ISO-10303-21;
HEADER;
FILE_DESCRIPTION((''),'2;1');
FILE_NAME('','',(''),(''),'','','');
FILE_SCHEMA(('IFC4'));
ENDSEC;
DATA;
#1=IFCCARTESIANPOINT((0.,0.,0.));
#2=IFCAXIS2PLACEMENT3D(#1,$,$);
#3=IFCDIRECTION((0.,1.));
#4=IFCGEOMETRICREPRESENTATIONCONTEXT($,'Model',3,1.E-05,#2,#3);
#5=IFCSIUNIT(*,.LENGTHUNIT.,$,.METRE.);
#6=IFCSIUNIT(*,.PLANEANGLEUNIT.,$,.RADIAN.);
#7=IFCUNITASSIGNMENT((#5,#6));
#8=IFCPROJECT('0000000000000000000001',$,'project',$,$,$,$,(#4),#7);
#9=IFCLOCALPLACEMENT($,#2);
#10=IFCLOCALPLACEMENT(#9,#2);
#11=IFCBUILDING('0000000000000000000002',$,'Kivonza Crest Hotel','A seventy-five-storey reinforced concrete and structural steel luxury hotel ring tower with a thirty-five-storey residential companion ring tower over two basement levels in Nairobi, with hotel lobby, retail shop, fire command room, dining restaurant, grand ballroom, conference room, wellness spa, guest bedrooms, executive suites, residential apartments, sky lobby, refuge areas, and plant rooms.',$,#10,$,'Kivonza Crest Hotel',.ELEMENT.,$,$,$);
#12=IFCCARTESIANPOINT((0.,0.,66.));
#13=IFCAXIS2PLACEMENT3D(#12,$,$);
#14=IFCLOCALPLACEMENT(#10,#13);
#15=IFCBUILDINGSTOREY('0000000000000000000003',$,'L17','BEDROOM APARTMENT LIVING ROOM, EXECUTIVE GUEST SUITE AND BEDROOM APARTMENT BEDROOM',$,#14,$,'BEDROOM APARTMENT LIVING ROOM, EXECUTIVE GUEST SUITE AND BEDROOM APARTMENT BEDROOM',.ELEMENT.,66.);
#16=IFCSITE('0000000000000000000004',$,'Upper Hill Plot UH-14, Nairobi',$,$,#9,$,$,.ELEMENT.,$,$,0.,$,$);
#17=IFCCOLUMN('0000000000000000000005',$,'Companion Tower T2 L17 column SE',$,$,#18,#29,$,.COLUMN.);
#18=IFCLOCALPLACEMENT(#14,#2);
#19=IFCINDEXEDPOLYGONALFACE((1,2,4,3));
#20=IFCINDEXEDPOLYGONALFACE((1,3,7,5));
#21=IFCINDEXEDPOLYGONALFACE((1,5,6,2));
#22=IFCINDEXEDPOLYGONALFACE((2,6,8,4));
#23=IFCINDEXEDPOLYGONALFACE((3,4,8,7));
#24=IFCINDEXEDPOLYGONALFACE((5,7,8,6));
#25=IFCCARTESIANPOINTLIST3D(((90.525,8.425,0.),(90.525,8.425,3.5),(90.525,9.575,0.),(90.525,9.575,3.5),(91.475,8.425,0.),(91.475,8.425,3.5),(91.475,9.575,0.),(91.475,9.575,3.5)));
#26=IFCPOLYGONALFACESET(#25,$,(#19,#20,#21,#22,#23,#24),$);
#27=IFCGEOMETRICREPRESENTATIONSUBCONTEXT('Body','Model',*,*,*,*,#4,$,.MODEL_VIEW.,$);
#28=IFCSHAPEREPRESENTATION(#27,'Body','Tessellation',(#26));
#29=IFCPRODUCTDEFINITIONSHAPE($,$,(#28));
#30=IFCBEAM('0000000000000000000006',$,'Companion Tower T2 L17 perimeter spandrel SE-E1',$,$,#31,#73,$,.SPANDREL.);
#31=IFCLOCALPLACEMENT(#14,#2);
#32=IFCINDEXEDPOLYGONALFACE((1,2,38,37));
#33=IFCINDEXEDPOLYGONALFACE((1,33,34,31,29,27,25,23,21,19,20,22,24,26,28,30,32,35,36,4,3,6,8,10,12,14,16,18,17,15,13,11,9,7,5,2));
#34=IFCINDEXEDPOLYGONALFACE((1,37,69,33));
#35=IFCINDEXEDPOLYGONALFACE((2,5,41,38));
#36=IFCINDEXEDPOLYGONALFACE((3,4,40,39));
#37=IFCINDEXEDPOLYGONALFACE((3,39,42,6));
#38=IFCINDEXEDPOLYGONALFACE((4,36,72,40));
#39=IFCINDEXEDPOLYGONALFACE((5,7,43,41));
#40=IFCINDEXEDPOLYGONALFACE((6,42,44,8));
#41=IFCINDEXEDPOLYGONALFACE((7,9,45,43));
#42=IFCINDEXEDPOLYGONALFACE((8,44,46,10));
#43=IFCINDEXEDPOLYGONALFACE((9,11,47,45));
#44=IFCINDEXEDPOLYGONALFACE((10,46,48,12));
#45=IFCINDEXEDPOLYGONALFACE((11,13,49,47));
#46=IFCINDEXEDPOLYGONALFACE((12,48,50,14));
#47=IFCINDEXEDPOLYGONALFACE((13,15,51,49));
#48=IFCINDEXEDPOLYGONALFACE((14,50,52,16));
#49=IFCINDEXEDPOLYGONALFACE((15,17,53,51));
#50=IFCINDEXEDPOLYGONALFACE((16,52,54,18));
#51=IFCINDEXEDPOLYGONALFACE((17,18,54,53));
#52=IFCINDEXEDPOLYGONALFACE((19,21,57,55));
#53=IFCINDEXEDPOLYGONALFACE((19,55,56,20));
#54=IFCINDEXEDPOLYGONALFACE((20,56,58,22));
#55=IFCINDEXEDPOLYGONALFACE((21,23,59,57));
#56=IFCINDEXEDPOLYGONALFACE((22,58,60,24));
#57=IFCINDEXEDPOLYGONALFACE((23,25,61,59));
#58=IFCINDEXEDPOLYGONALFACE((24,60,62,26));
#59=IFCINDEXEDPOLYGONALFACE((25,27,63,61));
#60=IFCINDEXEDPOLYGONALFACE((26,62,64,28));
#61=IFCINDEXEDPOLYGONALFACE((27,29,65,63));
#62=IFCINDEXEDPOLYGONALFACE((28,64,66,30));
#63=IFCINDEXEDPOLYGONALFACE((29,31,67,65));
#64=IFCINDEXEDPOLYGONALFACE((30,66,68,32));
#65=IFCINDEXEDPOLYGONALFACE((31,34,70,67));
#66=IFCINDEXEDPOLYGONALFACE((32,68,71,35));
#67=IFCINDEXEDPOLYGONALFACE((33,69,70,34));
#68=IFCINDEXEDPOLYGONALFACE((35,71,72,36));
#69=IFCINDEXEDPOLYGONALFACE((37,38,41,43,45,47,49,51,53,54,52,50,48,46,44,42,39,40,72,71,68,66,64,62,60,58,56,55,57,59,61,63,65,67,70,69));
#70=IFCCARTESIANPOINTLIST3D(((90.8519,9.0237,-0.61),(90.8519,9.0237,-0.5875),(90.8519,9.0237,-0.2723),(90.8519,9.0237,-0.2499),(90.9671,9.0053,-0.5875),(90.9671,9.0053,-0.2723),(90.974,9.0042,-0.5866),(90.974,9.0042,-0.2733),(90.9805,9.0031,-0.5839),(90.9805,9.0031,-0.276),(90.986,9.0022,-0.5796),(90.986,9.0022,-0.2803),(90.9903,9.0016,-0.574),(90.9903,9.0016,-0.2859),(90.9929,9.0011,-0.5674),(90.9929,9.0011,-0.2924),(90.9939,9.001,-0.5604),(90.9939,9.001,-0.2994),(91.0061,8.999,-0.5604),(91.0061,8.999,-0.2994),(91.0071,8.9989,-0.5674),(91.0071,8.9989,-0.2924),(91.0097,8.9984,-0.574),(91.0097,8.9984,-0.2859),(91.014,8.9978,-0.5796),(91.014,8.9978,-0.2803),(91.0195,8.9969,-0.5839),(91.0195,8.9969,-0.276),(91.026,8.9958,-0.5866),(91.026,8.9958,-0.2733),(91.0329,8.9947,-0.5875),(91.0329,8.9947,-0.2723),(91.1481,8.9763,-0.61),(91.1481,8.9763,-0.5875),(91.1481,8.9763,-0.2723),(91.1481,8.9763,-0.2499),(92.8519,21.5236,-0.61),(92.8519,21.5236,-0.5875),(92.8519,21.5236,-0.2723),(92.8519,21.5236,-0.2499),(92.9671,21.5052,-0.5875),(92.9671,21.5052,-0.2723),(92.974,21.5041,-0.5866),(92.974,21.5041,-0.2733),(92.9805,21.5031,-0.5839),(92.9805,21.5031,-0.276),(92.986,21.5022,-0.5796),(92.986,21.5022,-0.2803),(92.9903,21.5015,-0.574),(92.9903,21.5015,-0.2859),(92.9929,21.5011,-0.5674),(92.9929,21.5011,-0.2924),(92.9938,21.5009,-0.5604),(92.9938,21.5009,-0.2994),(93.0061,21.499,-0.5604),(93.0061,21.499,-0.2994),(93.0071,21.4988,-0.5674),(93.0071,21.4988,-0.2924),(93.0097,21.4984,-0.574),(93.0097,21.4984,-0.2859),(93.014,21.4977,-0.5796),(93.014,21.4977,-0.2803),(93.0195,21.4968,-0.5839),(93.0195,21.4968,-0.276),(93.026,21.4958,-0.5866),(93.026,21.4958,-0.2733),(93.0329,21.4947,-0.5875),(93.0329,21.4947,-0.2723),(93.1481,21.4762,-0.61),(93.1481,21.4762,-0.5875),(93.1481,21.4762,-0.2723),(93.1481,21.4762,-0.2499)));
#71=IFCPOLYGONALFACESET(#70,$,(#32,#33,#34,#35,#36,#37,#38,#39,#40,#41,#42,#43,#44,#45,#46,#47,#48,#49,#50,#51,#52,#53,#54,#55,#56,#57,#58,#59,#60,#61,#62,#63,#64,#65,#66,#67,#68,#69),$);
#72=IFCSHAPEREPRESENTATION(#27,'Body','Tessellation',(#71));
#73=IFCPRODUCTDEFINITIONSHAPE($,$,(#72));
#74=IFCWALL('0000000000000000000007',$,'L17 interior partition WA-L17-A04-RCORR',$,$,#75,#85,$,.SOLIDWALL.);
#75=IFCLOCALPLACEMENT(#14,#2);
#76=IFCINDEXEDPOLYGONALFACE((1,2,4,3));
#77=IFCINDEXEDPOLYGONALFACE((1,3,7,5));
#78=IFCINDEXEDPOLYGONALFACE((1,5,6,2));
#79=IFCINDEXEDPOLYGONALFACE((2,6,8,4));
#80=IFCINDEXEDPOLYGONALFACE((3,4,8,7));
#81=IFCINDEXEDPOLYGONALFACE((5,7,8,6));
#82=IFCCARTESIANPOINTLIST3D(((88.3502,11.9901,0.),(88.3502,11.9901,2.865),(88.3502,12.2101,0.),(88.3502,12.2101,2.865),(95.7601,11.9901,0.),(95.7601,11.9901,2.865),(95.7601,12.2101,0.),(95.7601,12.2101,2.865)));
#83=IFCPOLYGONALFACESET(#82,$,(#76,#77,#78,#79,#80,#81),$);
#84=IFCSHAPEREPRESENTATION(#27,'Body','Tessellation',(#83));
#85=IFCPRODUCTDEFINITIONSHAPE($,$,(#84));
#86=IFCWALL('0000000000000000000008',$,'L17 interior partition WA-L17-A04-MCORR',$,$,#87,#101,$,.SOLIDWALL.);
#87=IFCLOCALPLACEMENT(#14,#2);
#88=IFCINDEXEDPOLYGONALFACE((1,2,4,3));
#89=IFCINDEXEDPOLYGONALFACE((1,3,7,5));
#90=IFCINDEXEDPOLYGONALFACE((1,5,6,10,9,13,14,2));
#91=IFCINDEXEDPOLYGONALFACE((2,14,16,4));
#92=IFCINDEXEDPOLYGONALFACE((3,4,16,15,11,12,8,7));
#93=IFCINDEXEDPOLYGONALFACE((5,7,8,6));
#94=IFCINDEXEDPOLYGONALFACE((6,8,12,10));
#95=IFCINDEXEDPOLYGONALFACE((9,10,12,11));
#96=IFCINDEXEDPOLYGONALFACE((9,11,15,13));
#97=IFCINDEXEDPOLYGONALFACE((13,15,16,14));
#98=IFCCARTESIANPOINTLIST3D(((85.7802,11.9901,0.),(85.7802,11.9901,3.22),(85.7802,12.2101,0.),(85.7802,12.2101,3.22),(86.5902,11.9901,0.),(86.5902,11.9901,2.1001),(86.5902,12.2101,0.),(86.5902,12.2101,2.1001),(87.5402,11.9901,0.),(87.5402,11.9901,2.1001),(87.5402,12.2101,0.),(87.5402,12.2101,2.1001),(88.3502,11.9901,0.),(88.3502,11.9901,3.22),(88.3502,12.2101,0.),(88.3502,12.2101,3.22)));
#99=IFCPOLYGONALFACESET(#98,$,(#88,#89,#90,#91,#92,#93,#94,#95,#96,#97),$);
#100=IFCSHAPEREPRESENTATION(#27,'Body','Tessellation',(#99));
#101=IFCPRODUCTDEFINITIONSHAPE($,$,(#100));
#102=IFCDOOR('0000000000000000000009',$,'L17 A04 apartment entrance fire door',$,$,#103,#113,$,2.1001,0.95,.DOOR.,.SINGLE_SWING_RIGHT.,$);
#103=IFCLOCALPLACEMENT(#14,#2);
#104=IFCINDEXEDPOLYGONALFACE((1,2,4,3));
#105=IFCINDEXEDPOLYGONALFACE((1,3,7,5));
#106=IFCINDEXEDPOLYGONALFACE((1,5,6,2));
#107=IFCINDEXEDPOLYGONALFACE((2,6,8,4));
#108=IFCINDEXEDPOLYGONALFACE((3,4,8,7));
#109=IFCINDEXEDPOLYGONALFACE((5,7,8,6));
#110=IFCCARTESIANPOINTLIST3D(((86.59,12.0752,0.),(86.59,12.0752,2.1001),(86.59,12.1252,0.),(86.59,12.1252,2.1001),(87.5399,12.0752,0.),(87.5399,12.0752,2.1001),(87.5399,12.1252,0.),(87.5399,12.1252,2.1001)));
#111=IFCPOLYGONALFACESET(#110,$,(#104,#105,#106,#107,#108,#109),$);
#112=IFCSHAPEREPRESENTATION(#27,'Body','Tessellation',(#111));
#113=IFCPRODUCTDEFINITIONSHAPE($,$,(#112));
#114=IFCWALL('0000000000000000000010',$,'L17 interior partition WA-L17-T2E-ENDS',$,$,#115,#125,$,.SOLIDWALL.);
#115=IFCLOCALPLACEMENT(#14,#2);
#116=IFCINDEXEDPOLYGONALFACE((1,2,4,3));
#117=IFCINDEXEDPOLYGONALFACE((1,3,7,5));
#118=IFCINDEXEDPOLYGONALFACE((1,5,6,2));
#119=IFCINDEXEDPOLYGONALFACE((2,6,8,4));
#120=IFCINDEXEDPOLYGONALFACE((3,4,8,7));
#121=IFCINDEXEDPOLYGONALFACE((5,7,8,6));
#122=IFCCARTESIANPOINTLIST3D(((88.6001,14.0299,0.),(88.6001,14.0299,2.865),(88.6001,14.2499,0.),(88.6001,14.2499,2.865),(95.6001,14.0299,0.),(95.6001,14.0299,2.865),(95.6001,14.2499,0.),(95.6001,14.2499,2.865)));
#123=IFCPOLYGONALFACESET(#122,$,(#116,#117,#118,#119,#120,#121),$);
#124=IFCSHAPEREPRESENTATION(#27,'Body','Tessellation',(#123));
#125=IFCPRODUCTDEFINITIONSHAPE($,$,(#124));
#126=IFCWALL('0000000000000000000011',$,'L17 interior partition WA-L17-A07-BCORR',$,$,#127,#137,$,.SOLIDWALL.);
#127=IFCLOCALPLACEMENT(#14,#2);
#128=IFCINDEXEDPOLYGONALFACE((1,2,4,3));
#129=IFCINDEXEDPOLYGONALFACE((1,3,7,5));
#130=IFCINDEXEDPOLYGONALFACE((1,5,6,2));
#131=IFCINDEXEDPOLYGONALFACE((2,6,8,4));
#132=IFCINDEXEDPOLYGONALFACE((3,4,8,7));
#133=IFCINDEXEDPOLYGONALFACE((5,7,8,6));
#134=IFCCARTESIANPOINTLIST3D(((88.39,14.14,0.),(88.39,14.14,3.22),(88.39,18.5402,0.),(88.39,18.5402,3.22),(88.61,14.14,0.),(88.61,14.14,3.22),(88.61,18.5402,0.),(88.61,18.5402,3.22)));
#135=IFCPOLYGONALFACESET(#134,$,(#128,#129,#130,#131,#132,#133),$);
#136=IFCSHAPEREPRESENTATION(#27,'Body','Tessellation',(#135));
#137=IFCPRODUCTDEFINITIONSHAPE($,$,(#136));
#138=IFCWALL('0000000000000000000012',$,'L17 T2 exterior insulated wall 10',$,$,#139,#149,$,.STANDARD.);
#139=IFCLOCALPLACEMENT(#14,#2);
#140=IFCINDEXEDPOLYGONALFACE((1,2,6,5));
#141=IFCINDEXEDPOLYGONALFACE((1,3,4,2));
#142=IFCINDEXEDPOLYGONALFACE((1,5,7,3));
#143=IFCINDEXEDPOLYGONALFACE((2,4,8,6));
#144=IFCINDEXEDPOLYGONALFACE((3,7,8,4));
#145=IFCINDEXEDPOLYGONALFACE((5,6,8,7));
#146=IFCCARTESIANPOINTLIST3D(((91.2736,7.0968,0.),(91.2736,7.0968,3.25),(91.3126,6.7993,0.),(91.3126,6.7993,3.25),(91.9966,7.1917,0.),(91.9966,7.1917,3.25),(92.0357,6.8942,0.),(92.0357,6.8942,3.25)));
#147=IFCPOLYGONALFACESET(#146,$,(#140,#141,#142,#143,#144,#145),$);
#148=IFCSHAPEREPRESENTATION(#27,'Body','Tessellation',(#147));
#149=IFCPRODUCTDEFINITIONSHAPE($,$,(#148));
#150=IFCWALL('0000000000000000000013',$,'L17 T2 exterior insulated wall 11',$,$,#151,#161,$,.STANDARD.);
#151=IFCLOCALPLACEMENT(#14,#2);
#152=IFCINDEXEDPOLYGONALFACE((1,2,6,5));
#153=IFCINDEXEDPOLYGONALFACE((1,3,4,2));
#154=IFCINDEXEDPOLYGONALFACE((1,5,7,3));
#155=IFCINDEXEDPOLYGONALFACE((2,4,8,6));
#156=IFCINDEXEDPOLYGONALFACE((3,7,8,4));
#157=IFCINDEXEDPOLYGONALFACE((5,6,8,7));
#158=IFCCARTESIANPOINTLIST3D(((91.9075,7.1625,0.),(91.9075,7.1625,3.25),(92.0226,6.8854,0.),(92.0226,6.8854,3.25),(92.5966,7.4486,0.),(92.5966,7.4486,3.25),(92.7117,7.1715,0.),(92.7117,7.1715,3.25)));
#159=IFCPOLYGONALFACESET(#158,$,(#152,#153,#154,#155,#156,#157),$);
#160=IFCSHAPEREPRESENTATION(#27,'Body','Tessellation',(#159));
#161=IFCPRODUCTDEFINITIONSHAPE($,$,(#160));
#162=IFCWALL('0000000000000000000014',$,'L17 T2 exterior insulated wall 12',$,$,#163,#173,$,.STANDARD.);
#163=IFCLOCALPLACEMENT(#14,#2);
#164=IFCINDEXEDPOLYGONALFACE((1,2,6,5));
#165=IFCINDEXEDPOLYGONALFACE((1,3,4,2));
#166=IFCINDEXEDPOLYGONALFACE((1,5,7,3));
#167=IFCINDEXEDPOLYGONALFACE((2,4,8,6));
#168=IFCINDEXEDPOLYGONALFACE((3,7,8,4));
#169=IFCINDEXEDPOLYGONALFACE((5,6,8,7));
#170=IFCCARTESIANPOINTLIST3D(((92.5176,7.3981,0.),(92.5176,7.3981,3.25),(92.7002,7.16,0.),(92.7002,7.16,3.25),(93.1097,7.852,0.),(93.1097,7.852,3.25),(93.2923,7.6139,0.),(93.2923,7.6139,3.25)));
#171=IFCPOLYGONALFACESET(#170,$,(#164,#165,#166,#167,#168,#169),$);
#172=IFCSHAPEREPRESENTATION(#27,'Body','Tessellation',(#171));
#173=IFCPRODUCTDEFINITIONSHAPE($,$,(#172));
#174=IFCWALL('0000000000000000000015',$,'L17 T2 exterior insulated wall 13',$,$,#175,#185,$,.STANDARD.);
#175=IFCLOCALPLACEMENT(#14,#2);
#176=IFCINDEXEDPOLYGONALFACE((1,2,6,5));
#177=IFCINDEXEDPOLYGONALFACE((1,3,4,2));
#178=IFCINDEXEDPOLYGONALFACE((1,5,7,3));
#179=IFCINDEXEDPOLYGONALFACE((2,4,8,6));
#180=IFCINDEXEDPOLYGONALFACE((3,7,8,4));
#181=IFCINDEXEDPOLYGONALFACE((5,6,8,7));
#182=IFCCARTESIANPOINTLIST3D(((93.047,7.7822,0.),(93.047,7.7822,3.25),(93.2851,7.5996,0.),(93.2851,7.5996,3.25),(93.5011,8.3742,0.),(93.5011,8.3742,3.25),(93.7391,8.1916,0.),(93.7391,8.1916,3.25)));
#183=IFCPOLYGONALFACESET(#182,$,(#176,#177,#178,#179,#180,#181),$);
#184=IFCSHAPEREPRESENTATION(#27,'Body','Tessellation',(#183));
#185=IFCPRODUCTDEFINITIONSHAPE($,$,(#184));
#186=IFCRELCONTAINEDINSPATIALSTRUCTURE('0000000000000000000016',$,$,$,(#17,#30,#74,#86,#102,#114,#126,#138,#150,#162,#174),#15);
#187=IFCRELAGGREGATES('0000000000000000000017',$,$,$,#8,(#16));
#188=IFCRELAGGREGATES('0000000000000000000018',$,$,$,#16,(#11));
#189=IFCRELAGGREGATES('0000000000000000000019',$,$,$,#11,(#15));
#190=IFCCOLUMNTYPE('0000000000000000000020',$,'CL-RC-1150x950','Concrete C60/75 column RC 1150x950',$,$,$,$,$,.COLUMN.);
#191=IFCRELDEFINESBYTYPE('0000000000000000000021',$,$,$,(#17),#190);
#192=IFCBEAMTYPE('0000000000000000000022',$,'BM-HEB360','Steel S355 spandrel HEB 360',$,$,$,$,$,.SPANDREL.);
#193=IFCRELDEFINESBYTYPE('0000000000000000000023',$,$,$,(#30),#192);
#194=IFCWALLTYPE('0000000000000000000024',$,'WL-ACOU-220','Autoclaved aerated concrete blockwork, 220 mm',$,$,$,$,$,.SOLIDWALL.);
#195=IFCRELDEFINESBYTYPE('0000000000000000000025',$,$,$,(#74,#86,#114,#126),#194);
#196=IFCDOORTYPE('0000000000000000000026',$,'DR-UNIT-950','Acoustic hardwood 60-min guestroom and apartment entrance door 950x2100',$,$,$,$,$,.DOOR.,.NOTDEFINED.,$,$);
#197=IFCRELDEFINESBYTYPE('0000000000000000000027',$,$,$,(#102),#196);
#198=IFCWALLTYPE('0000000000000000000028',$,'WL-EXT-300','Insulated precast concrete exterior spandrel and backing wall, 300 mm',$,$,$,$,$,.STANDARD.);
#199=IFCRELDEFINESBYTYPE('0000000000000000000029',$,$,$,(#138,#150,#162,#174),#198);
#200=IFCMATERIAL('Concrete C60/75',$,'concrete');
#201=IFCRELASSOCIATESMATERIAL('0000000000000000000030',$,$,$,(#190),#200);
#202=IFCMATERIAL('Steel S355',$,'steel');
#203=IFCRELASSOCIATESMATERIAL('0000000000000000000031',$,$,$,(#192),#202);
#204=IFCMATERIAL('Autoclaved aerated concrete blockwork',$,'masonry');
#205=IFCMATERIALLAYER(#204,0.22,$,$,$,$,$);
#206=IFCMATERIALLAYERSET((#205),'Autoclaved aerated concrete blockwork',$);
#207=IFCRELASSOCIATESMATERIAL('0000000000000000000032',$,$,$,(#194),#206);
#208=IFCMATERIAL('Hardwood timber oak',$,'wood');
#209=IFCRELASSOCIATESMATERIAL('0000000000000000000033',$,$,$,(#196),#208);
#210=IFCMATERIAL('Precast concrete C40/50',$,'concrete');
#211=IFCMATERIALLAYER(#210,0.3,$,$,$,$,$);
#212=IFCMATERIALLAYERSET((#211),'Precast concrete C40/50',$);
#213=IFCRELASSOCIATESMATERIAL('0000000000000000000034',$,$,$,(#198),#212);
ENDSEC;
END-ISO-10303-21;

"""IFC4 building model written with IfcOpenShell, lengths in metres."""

from ifc_helpers import new_model, si_unit, direction, frame, frame_2d, origin, origin_2d, place, context, subcontext, project, spatial, rectangle, i_section, extrude, material, layer, layer_set, material_profile, profile_set, type_object, element, fill, save


model = new_model("IFC4")

# Units and contexts
model_context = context("Model", 3, precision=1e-05, world=origin(), true_north=direction((0.0, 1.0)))
body_context = subcontext(model_context, "Body", "Model", "MODEL_VIEW")
ifc_project = project(units=[si_unit("LENGTHUNIT", "METRE"), si_unit("PLANEANGLEUNIT", "RADIAN")], contexts=[model_context])

# Site, building, storey
site_placement = place(None, origin())
site = spatial("IfcSite", under=ifc_project, at=site_placement, Name="Upper Hill Plot UH-14, Nairobi", CompositionType="ELEMENT", RefElevation=0.0)
building_placement = place(site_placement, origin())
building = spatial("IfcBuilding", under=site, at=building_placement, Name="Kivonza Crest Hotel", Description="A seventy-five-storey reinforced concrete and structural steel luxury hotel ring tower with a thirty-five-storey residential companion ring tower over two basement levels in Nairobi, with hotel lobby, retail shop, fire command room, dining restaurant, grand ballroom, conference room, wellness spa, guest bedrooms, executive suites, residential apartments, sky lobby, refuge areas, and plant rooms.", LongName="Kivonza Crest Hotel", CompositionType="ELEMENT")
storey_placement = place(building_placement, frame((0.0, 0.0, 66.0)))
storey = spatial("IfcBuildingStorey", under=building, at=storey_placement, Name="L17", Description="BEDROOM APARTMENT LIVING ROOM, EXECUTIVE GUEST SUITE AND BEDROOM APARTMENT BEDROOM", LongName="BEDROOM APARTMENT LIVING ROOM, EXECUTIVE GUEST SUITE AND BEDROOM APARTMENT BEDROOM", CompositionType="ELEMENT", Elevation=66.0)

# Column
ifc_material_1 = material(Name="Concrete C60/75", Category="concrete")
ifc_material_profile_1 = material_profile(ifc_material_1, rectangle(XDim=0.95, YDim=1.1499, at=origin_2d()), Name="RC 1150x950")
ifc_profile_set_1 = profile_set([ifc_material_profile_1], Name="Concrete C60/75")
column_type = type_object("IfcColumnType", Name="CL-RC-1150x950", Description="Concrete C60/75 column RC 1150x950", PredefinedType="COLUMN", material=ifc_profile_set_1)
column_placement = place(storey_placement, frame((91.0, 9.0, 0.0), z_axis=(0.0, 0.0, 1.0), x_axis=(1.0, 0.0, 0.0)))
element("IfcColumn", 1, at=column_placement, inside=storey, type_object=column_type, Name="Companion Tower T2 L17 column SE", PredefinedType="COLUMN", context=body_context, shape_type="SweptSolid", body=[
    extrude(rectangle(XDim=0.95, YDim=1.1499, at=origin_2d()), origin(), (0.0, 0.0, 1.0), 3.5),
])

# Beam
ifc_material_2 = material(Name="Steel S355", Category="steel")
ifc_material_profile_2 = material_profile(ifc_material_2, i_section(OverallWidth=0.3, OverallDepth=0.3601, WebThickness=0.0125, FlangeThickness=0.0225, FilletRadius=0.0271, at=origin_2d()), Name="HEB 360")
ifc_profile_set_2 = profile_set([ifc_material_profile_2], Name="Steel S355")
beam_type = type_object("IfcBeamType", Name="BM-HEB360", Description="Steel S355 spandrel HEB 360", PredefinedType="SPANDREL", material=ifc_profile_set_2)
beam_placement = place(storey_placement, frame((91.0, 9.0, -0.4299), z_axis=(0.157991, 0.987441, 0.0), x_axis=(-0.987441, 0.157991, 0.0)))
element("IfcBeam", 2, at=beam_placement, inside=storey, type_object=beam_type, Name="Companion Tower T2 L17 perimeter spandrel SE-E1", PredefinedType="SPANDREL", context=body_context, shape_type="SweptSolid", body=[
    extrude(i_section(OverallWidth=0.3, OverallDepth=0.3601, WebThickness=0.0125, FlangeThickness=0.0225, FilletRadius=0.0271, at=origin_2d()), origin(), (0.0, 0.0, 1.0), 12.6589),
])

# Wall
ifc_material_3 = material(Name="Autoclaved aerated concrete blockwork", Category="masonry")
ifc_layer_1 = layer(ifc_material_3, 0.22)
ifc_layer_set_1 = layer_set([ifc_layer_1], Name="Autoclaved aerated concrete blockwork")
wall_type_1 = type_object("IfcWallType", Name="WL-ACOU-220", Description="Autoclaved aerated concrete blockwork, 220 mm", PredefinedType="SOLIDWALL", material=ifc_layer_set_1)
wall_1_placement = place(storey_placement, frame((88.3501, 12.1001, 0.0), z_axis=(0.0, 0.0, 1.0), x_axis=(1.0, 0.0, 0.0)))
element("IfcWall", 3, at=wall_1_placement, inside=storey, type_object=wall_type_1, Name="L17 interior partition WA-L17-A04-RCORR", PredefinedType="SOLIDWALL", context=body_context, shape_type="SweptSolid", body=[
    extrude(rectangle(XDim=7.4099, YDim=0.22, at=frame_2d((3.7051, 0.0))), origin(), (0.0, 0.0, 1.0), 2.865),
])

# Wall, opening, door
wall_2_placement = place(storey_placement, frame((85.78, 12.1001, 0.0), z_axis=(0.0, 0.0, 1.0), x_axis=(1.0, 0.0, 0.0)))
wall_2 = element("IfcWall", 4, at=wall_2_placement, inside=storey, type_object=wall_type_1, Name="L17 interior partition WA-L17-A04-MCORR", PredefinedType="SOLIDWALL", context=body_context, shape_type="SweptSolid", body=[
    extrude(rectangle(XDim=2.5701, YDim=0.22, at=frame_2d((1.2852, 0.0))), origin(), (0.0, 0.0, 1.0), 3.22),
])
opening_1_placement = place(wall_2_placement, frame((0.8101, 0.0, 0.0)))
opening_1 = element("IfcOpeningElement", 5, at=opening_1_placement, cuts=wall_2, PredefinedType="OPENING", context=body_context, shape_type="SweptSolid", body=[
    extrude(rectangle(XDim=0.95, YDim=2.1001, at=frame_2d((0.4751, 1.05))), frame((0.0, 0.1201, 0.0), z_axis=(0.0, -1.0, 0.0), x_axis=(1.0, 0.0, 0.0)), (0.0, 0.0, 1.0), 0.24),
])
ifc_material_4 = material(Name="Hardwood timber oak", Category="wood")
door_type_1 = type_object("IfcDoorType", Name="DR-UNIT-950", Description="Acoustic hardwood 60-min guestroom and apartment entrance door 950x2100", OperationType="NOTDEFINED", PredefinedType="DOOR", material=ifc_material_4)
door_1_placement = place(opening_1_placement, frame((0.95, 0.0, 0.0), z_axis=(0.0, 0.0, 1.0), x_axis=(-1.0, 0.0, 0.0)))
door_1 = element("IfcDoor", 6, at=door_1_placement, inside=storey, type_object=door_type_1, Name="L17 A04 apartment entrance fire door", OperationType="SINGLE_SWING_RIGHT", OverallHeight=2.1001, OverallWidth=0.95, PredefinedType="DOOR", context=body_context, shape_type="SweptSolid", body=[
    extrude(rectangle(XDim=0.95, YDim=2.1001, at=frame_2d((0.4751, 1.05))), frame((0.0, 0.0249, 0.0), z_axis=(0.0, -1.0, 0.0), x_axis=(1.0, 0.0, 0.0)), (0.0, 0.0, 1.0), 0.05),
])
fill(opening_1, door_1)

# Walls
wall_3_placement = place(storey_placement, frame((88.6001, 14.1399, 0.0), z_axis=(0.0, 0.0, 1.0), x_axis=(1.0, 0.0, 0.0)))
element("IfcWall", 7, at=wall_3_placement, inside=storey, type_object=wall_type_1, Name="L17 interior partition WA-L17-T2E-ENDS", PredefinedType="SOLIDWALL", context=body_context, shape_type="SweptSolid", body=[
    extrude(rectangle(XDim=7.0, YDim=0.22, at=frame_2d((3.5, 0.0))), origin(), (0.0, 0.0, 1.0), 2.865),
])
wall_4_placement = place(storey_placement, frame((88.5, 14.1399, 0.0), z_axis=(0.0, 0.0, 1.0), x_axis=(0.0, 1.0, 0.0)))
element("IfcWall", 8, at=wall_4_placement, inside=storey, type_object=wall_type_1, Name="L17 interior partition WA-L17-A07-BCORR", PredefinedType="SOLIDWALL", context=body_context, shape_type="SweptSolid", body=[
    extrude(rectangle(XDim=4.4001, YDim=0.22, at=frame_2d((2.2002, 0.0))), origin(), (0.0, 0.0, 1.0), 3.22),
])
ifc_material_5 = material(Name="Precast concrete C40/50", Category="concrete")
ifc_layer_2 = layer(ifc_material_5, 0.3)
ifc_layer_set_2 = layer_set([ifc_layer_2], Name="Precast concrete C40/50")
wall_type_2 = type_object("IfcWallType", Name="WL-EXT-300", Description="Insulated precast concrete exterior spandrel and backing wall, 300 mm", PredefinedType="STANDARD", material=ifc_layer_set_2)
wall_5_placement = place(storey_placement, frame((91.293, 6.948, 0.0), z_axis=(0.0, 0.0, 1.0), x_axis=(0.991486, 0.130212, 0.0)))
element("IfcWall", 9, at=wall_5_placement, inside=storey, type_object=wall_type_2, Name="L17 T2 exterior insulated wall 10", PredefinedType="STANDARD", context=body_context, shape_type="SweptSolid", body=[
    extrude(rectangle(XDim=0.7292, YDim=0.3, at=frame_2d((0.3647, 0.0))), origin(), (0.0, 0.0, 1.0), 3.25),
])
for number, where, z_axis, x_axis, name in (
    (10, (91.9651, 7.0239, 0.0), (0.0, 0.0, 1.0), (0.923522, 0.383546, 0.0), "L17 T2 exterior insulated wall 11"),
    (11, (92.6089, 7.2791, 0.0), (0.0, 0.0, 1.0), (0.793633, 0.608397, 0.0), "L17 T2 exterior insulated wall 12"),
    (12, (93.166, 7.6909, 0.0), (0.0, 0.0, 1.0), (0.608603, 0.793475, 0.0), "L17 T2 exterior insulated wall 13"),
):
    element("IfcWall", number, at=place(storey_placement, frame(where, z_axis=z_axis, x_axis=x_axis)), inside=storey, type_object=wall_type_2, Name=name, PredefinedType="STANDARD", context=body_context, shape_type="SweptSolid", body=[
        extrude(rectangle(XDim=0.7461, YDim=0.3, at=frame_2d((0.373, 0.0))), origin(), (0.0, 0.0, 1.0), 3.25),
    ])

save(model, "model.ifc")
